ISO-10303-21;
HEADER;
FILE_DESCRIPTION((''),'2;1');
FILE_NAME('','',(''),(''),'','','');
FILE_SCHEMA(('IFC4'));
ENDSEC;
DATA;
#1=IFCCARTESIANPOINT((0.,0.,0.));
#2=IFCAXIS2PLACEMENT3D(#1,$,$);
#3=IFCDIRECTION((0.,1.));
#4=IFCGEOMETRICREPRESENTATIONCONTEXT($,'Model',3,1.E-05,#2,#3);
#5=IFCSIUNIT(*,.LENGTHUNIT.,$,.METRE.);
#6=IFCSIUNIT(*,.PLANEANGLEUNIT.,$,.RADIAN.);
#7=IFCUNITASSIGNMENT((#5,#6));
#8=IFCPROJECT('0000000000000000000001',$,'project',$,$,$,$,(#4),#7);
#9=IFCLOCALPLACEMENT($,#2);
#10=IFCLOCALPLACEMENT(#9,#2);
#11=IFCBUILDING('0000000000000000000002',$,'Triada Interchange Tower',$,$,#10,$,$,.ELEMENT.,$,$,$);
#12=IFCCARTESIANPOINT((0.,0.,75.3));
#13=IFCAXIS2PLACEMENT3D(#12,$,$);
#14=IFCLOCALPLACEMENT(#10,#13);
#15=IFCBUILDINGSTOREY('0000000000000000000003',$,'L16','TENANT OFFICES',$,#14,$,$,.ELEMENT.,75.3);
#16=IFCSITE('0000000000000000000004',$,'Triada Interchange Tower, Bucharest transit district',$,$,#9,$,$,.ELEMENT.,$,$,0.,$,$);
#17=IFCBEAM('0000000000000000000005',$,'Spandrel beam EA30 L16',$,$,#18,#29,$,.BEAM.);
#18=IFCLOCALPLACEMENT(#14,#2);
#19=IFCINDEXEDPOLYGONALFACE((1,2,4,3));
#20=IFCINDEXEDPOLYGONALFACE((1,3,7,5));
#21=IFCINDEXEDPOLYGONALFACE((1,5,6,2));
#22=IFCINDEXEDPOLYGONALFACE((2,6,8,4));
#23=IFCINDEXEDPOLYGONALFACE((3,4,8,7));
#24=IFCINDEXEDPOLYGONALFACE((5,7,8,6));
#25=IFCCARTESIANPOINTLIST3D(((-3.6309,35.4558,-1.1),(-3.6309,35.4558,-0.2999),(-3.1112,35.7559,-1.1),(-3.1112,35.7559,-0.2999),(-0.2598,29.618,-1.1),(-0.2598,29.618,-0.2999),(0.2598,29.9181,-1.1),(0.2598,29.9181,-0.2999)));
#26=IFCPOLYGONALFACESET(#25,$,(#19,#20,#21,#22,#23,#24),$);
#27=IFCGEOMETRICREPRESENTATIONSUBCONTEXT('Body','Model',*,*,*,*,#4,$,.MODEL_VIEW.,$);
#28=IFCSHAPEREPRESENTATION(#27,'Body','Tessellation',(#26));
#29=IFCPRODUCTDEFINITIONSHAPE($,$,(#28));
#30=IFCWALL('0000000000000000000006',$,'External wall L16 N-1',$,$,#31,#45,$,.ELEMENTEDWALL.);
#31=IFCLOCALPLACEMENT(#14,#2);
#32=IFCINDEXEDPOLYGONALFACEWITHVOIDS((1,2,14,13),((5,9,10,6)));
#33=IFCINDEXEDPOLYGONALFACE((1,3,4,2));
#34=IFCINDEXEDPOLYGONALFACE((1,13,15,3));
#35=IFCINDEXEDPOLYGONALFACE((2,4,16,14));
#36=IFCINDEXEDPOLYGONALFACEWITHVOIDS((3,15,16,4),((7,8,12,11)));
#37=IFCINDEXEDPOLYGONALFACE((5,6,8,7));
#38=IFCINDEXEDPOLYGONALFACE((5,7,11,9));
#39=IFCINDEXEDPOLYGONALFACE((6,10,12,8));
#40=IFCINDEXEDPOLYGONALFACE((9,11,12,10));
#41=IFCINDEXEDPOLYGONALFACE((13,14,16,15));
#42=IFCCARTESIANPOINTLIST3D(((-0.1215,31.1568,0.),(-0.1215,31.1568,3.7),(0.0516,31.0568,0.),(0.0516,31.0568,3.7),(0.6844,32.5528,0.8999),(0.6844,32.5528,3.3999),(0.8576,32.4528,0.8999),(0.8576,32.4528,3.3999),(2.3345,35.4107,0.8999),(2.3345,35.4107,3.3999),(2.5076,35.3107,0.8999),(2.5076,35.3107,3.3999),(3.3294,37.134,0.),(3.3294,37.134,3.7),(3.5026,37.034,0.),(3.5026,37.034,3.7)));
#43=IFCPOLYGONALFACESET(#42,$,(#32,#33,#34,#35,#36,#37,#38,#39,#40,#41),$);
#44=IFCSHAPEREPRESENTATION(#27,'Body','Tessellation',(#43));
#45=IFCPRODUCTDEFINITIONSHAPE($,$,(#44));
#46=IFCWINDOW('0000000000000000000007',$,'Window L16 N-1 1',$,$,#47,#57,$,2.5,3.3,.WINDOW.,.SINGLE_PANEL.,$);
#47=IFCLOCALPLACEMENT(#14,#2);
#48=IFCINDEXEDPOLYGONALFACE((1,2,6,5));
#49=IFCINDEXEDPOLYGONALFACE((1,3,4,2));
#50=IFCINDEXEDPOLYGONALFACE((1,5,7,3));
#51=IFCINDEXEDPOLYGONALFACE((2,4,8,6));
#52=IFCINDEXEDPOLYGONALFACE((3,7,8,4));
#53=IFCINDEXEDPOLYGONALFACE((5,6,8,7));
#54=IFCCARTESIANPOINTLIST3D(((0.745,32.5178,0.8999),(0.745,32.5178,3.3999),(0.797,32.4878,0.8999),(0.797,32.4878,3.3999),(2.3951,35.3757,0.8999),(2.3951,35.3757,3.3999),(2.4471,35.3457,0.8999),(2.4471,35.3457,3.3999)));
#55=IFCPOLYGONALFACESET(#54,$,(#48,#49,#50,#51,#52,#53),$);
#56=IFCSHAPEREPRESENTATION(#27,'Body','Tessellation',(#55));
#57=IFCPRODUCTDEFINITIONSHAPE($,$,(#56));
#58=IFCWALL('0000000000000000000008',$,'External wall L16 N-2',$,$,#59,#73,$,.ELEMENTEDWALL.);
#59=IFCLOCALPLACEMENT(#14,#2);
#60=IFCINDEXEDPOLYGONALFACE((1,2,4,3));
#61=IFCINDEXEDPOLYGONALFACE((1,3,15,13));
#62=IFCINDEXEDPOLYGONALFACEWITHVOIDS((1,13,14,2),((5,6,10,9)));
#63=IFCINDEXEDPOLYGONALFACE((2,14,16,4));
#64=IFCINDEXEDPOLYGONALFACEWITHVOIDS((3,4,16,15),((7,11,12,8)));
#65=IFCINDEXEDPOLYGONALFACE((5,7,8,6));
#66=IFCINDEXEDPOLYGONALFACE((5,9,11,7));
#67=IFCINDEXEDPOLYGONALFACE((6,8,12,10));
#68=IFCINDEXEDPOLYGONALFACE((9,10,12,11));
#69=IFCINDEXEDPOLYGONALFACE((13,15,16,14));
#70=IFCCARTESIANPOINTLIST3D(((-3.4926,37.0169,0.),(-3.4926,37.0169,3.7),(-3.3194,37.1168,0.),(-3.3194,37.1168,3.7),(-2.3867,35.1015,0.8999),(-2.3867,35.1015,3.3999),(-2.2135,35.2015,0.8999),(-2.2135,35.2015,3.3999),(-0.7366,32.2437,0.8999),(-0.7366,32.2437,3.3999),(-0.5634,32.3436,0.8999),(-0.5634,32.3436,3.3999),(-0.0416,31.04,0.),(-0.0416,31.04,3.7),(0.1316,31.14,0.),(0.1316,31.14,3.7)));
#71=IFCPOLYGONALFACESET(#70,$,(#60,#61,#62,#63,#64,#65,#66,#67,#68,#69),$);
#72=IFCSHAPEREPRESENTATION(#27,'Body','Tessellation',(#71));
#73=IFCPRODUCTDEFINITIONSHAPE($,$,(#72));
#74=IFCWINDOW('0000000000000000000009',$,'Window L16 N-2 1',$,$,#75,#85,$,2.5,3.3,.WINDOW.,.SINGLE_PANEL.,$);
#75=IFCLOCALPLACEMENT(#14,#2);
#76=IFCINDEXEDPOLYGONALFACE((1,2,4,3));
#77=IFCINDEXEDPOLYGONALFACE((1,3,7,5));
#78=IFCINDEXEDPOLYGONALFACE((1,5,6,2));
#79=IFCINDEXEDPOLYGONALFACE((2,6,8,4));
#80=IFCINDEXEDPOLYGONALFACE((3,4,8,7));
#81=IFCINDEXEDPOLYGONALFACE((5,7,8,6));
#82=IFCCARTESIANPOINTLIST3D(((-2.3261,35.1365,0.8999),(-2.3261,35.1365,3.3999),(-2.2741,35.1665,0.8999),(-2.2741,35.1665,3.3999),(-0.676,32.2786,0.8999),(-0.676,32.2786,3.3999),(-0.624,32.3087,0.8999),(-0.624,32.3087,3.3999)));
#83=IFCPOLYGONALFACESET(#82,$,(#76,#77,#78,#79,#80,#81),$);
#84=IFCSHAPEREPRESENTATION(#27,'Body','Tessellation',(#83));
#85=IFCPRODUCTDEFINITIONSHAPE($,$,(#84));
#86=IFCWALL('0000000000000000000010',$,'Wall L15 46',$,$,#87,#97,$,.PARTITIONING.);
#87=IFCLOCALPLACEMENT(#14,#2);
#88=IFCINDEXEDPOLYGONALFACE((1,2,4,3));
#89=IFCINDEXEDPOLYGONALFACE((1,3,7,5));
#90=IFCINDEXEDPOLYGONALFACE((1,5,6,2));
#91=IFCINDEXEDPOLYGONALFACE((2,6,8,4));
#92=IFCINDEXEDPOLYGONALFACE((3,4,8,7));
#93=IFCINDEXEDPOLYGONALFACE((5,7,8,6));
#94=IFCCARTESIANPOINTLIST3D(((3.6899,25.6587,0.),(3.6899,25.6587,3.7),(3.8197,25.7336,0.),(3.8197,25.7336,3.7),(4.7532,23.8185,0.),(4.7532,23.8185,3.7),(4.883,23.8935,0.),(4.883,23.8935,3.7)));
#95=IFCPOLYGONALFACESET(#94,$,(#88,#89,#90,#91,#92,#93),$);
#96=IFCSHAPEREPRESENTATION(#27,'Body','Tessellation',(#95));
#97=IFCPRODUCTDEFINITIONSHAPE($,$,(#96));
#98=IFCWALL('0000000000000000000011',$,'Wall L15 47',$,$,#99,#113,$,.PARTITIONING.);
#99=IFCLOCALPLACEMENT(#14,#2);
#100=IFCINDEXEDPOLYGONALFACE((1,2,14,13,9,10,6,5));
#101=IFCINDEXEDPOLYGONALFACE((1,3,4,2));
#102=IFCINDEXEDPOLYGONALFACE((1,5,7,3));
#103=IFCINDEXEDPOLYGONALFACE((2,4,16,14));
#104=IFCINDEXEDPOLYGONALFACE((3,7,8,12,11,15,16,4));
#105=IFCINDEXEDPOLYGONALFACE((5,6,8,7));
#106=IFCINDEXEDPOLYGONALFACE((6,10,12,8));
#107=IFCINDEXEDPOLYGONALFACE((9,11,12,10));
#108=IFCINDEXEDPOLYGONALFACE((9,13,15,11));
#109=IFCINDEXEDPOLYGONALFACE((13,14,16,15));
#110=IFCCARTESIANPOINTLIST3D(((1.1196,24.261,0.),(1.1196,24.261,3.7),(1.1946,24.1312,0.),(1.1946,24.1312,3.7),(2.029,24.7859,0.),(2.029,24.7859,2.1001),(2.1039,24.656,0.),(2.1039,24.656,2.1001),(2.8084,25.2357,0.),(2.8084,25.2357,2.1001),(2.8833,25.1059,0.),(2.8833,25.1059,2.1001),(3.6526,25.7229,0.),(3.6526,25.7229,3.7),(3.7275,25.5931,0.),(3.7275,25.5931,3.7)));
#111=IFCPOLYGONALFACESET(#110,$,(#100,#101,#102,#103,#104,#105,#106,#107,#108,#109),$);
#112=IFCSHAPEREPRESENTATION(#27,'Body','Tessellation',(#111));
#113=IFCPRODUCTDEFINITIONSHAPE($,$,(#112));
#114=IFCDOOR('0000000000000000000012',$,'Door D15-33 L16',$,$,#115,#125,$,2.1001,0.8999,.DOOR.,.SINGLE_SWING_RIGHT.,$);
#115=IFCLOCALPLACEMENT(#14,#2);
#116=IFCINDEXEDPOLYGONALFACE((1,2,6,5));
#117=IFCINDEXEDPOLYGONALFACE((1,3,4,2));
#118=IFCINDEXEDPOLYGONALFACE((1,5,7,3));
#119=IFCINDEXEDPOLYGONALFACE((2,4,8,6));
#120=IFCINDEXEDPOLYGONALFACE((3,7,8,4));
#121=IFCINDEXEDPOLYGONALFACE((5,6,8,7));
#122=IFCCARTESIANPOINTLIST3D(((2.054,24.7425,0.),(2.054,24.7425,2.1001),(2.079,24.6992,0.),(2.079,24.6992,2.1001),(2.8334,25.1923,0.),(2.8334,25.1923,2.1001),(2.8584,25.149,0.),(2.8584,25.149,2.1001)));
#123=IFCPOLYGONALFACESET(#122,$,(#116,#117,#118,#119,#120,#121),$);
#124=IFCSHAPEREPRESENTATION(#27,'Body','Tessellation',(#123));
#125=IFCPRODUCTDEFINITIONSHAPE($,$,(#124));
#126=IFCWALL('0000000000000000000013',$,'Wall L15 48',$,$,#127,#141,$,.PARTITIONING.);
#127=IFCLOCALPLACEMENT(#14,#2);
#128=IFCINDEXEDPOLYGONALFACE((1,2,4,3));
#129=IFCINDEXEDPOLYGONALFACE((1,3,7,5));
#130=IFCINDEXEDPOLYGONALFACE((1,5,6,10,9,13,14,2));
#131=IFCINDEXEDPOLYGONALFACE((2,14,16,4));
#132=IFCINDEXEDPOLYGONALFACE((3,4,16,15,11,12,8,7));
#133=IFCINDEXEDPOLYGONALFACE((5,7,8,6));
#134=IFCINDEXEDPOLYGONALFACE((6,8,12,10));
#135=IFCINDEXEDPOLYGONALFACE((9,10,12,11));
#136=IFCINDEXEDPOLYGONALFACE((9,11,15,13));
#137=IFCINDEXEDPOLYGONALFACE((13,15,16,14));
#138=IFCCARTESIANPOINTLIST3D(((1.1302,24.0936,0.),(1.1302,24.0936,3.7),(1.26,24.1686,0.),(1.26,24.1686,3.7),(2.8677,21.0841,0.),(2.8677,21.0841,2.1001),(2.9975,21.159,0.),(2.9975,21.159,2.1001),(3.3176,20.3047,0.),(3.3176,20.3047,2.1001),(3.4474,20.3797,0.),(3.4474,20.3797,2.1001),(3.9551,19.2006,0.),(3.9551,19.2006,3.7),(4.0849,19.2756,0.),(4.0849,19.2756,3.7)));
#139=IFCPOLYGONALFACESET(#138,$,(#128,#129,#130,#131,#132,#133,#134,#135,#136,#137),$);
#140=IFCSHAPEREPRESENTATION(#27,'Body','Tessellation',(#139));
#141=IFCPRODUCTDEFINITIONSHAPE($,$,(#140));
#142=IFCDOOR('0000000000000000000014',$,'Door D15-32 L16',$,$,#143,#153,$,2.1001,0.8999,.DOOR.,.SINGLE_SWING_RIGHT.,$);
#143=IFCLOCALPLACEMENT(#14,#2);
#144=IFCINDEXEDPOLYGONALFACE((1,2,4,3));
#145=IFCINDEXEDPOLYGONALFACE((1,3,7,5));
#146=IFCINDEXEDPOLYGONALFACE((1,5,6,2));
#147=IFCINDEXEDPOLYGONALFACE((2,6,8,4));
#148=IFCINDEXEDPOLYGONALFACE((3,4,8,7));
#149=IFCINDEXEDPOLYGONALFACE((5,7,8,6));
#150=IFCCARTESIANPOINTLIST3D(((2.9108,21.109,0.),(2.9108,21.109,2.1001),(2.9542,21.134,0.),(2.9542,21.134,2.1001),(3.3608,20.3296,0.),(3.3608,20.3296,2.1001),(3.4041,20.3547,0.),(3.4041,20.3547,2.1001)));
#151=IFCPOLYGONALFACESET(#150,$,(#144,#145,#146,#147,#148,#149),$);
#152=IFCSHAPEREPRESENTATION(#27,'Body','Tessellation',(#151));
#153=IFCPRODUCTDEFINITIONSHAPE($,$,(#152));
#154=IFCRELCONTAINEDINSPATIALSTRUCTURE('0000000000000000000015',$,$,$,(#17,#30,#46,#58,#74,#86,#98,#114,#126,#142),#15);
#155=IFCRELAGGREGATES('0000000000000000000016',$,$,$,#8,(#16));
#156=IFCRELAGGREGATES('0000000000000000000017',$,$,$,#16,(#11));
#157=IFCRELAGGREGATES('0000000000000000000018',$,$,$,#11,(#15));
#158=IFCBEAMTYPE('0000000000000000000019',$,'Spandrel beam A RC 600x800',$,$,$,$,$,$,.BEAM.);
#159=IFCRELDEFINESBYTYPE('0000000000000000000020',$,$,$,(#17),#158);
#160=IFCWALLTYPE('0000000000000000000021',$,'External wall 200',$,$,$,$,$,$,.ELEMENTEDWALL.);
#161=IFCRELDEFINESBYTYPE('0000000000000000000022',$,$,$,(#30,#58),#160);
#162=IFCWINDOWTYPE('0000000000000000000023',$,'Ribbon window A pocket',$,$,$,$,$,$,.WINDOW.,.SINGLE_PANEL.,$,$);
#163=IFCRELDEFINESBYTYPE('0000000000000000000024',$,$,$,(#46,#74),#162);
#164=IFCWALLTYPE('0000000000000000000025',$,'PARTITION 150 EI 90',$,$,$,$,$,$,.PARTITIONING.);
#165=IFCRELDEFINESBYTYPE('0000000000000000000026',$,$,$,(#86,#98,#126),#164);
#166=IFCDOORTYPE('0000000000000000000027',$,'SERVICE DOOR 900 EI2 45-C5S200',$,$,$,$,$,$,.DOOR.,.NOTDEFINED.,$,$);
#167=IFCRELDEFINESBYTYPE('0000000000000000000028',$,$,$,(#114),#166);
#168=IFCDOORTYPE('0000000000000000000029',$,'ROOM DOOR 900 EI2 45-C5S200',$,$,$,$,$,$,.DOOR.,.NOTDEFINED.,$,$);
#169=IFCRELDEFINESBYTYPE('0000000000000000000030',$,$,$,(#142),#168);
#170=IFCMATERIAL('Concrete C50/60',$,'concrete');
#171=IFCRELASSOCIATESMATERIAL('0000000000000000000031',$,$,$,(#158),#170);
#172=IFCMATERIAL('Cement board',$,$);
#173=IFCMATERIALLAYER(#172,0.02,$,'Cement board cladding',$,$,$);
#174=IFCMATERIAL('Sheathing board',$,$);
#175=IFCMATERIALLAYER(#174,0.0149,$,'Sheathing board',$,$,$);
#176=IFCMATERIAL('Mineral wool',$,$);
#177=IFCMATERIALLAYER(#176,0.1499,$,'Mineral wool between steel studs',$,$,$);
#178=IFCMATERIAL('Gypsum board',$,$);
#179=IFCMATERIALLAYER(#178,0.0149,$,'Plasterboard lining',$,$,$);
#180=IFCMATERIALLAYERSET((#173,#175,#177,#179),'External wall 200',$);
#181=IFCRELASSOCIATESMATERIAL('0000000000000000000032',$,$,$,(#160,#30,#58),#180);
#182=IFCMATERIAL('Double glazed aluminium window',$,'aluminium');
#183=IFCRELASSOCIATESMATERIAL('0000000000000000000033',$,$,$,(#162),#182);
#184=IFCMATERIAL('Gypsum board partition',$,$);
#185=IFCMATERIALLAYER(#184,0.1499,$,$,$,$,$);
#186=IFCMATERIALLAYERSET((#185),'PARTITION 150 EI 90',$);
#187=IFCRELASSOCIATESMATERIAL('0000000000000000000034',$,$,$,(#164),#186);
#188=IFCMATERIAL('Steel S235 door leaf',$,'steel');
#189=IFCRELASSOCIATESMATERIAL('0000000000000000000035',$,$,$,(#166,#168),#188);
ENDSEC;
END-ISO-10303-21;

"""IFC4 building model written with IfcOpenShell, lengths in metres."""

from ifc_helpers import new_model, si_unit, direction, frame, frame_2d, origin, origin_2d, place, context, subcontext, project, spatial, rectangle, extrude, material, layer, layer_set, layer_usage, material_profile, profile_set, type_object, element, fill, save


model = new_model("IFC4")

# Units and contexts
model_context = context("Model", 3, precision=1e-05, world=origin(), true_north=direction((0.0, 1.0)))
body_context = subcontext(model_context, "Body", "Model", "MODEL_VIEW")
ifc_project = project(units=[si_unit("LENGTHUNIT", "METRE"), si_unit("PLANEANGLEUNIT", "RADIAN")], contexts=[model_context])

# Site, building, storey
site_placement = place(None, origin())
site = spatial("IfcSite", under=ifc_project, at=site_placement, Name="Triada Interchange Tower, Bucharest transit district", CompositionType="ELEMENT", RefElevation=0.0)
building_placement = place(site_placement, origin())
building = spatial("IfcBuilding", under=site, at=building_placement, Name="Triada Interchange Tower", CompositionType="ELEMENT")
storey_placement = place(building_placement, frame((0.0, 0.0, 75.3)))
storey = spatial("IfcBuildingStorey", under=building, at=storey_placement, Name="L16", Description="TENANT OFFICES", CompositionType="ELEMENT", Elevation=75.3)

# Beam
ifc_material_1 = material(Name="Concrete C50/60", Category="concrete")
ifc_material_profile_1 = material_profile(ifc_material_1, rectangle(XDim=0.6001, YDim=0.8, at=origin_2d()), Name="RC 600x800")
ifc_profile_set_1 = profile_set([ifc_material_profile_1], Name="Concrete C50/60")
beam_type_1 = type_object("IfcBeamType", Name="Spandrel beam A RC 600x800", PredefinedType="BEAM", material=ifc_profile_set_1)
for number, where, z_axis, x_axis, name in (
    (1, (0.0, 29.7681, -0.7), (-0.500065, 0.865988, 0.0), (-0.865988, -0.500065, 0.0), "Spandrel beam EA30 L16"),
):
    element("IfcBeam", number, at=place(storey_placement, frame(where, z_axis=z_axis, x_axis=x_axis)), inside=storey, type_object=beam_type_1, Name=name, PredefinedType="BEAM", context=body_context, shape_type="SweptSolid", body=[
        extrude(rectangle(XDim=0.6001, YDim=0.8, at=origin_2d()), origin(), (0.0, 0.0, 1.0), 6.7412),
    ])

# Walls, openings, windows
ifc_material_2 = material(Name="Cement board")
ifc_layer_1 = layer(ifc_material_2, 0.02, Name="Cement board cladding")
ifc_material_3 = material(Name="Sheathing board")
ifc_layer_2 = layer(ifc_material_3, 0.0149, Name="Sheathing board")
ifc_material_4 = material(Name="Mineral wool")
ifc_layer_3 = layer(ifc_material_4, 0.1499, Name="Mineral wool between steel studs")
ifc_material_5 = material(Name="Gypsum board")
ifc_layer_4 = layer(ifc_material_5, 0.0149, Name="Plasterboard lining")
ifc_layer_set_1 = layer_set([ifc_layer_1, ifc_layer_2, ifc_layer_3, ifc_layer_4], Name="External wall 200")
ifc_layer_usage = layer_usage(ifc_layer_set_1, "AXIS2", "POSITIVE", -0.1001)
wall_type_1 = type_object("IfcWallType", Name="External wall 200", PredefinedType="ELEMENTEDWALL", material=ifc_layer_set_1)
wall_1_placement = place(storey_placement, frame((3.416, 37.084, 0.0), z_axis=(0.0, 0.0, 1.0), x_axis=(-0.500008, -0.866021, 0.0)))
wall_1 = element("IfcWall", 2, at=wall_1_placement, inside=storey, type_object=wall_type_1, material=ifc_layer_usage, Name="External wall L16 N-1", PredefinedType="ELEMENTEDWALL", context=body_context, shape_type="SweptSolid", body=[
    extrude(rectangle(XDim=6.9019, YDim=0.2, at=frame_2d((3.4509, 0.0))), origin(), (0.0, 0.0, 1.0), 3.7),
])
opening_1_placement = place(wall_1_placement, frame((1.99, 0.0, 0.8999)))
opening_1 = element("IfcOpeningElement", 3, at=opening_1_placement, cuts=wall_1, PredefinedType="OPENING", context=body_context, shape_type="SweptSolid", body=[
    extrude(rectangle(XDim=3.3, YDim=2.5, at=frame_2d((1.6499, 1.25))), frame((0.0, 0.1099, 0.0), z_axis=(0.0, -1.0, 0.0), x_axis=(1.0, 0.0, 0.0)), (0.0, 0.0, 1.0), 0.22),
])
ifc_material_6 = material(Name="Double glazed aluminium window", Category="aluminium")
window_type = type_object("IfcWindowType", Name="Ribbon window A pocket", PartitioningType="SINGLE_PANEL", PredefinedType="WINDOW", material=ifc_material_6)
window_1_placement = place(opening_1_placement, origin())
window_1 = element("IfcWindow", 4, at=window_1_placement, inside=storey, type_object=window_type, Name="Window L16 N-1 1", OverallHeight=2.5, OverallWidth=3.3, PartitioningType="SINGLE_PANEL", PredefinedType="WINDOW", context=body_context, shape_type="SweptSolid", body=[
    extrude(rectangle(XDim=3.3, YDim=2.5, at=frame_2d((1.6499, 1.25))), frame((0.0, 0.03, 0.0), z_axis=(0.0, -1.0, 0.0), x_axis=(1.0, 0.0, 0.0)), (0.0, 0.0, 1.0), 0.0601),
])
fill(opening_1, window_1)
wall_2_placement = place(storey_placement, frame((0.0449, 31.0901, 0.0), z_axis=(0.0, 0.0, 1.0), x_axis=(-0.500024, 0.866012, 0.0)))
wall_2 = element("IfcWall", 5, at=wall_2_placement, inside=storey, type_object=wall_type_1, material=ifc_layer_usage, Name="External wall L16 N-2", PredefinedType="ELEMENTEDWALL", context=body_context, shape_type="SweptSolid", body=[
    extrude(rectangle(XDim=6.9016, YDim=0.2, at=frame_2d((3.4507, 0.0))), origin(), (0.0, 0.0, 1.0), 3.7),
])
opening_2_placement = place(wall_2_placement, frame((1.3899, 0.0, 0.8999)))
opening_2 = element("IfcOpeningElement", 6, at=opening_2_placement, cuts=wall_2, PredefinedType="OPENING", context=body_context, shape_type="SweptSolid", body=[
    extrude(rectangle(XDim=3.3, YDim=2.5, at=frame_2d((1.6499, 1.25))), frame((0.0, 0.1099, 0.0), z_axis=(0.0, -1.0, 0.0), x_axis=(1.0, 0.0, 0.0)), (0.0, 0.0, 1.0), 0.22),
])
window_2_placement = place(opening_2_placement, origin())
window_2 = element("IfcWindow", 7, at=window_2_placement, inside=storey, type_object=window_type, Name="Window L16 N-2 1", OverallHeight=2.5, OverallWidth=3.3, PartitioningType="SINGLE_PANEL", PredefinedType="WINDOW", context=body_context, shape_type="SweptSolid", body=[
    extrude(rectangle(XDim=3.3, YDim=2.5, at=frame_2d((1.6499, 1.25))), frame((0.0, 0.03, 0.0), z_axis=(0.0, -1.0, 0.0), x_axis=(1.0, 0.0, 0.0)), (0.0, 0.0, 1.0), 0.0601),
])
fill(opening_2, window_2)

# Wall
ifc_material_7 = material(Name="Gypsum board partition")
ifc_layer_5 = layer(ifc_material_7, 0.1499)
ifc_layer_set_2 = layer_set([ifc_layer_5], Name="PARTITION 150 EI 90")
wall_type_2 = type_object("IfcWallType", Name="PARTITION 150 EI 90", PredefinedType="PARTITIONING", material=ifc_layer_set_2)
wall_3_placement = place(storey_placement, frame((3.7549, 25.696, 0.0), z_axis=(0.0, 0.0, 1.0), x_axis=(0.500302, -0.865851, 0.0)))
element("IfcWall", 8, at=wall_3_placement, inside=storey, type_object=wall_type_2, Name="Wall L15 46", PredefinedType="PARTITIONING", context=body_context, shape_type="SweptSolid", body=[
    extrude(rectangle(XDim=2.1252, YDim=0.1499, at=frame_2d((1.0625, 0.0))), origin(), (0.0, 0.0, 1.0), 3.7),
])

# Walls, openings, doors
wall_4_placement = place(storey_placement, frame((1.157, 24.196, 0.0), z_axis=(0.0, 0.0, 1.0), x_axis=(0.866098, 0.499874, 0.0)))
wall_4 = element("IfcWall", 9, at=wall_4_placement, inside=storey, type_object=wall_type_2, Name="Wall L15 47", PredefinedType="PARTITIONING", context=body_context, shape_type="SweptSolid", body=[
    extrude(rectangle(XDim=2.9246, YDim=0.1499, at=frame_2d((1.4624, 0.0))), origin(), (0.0, 0.0, 1.0), 3.7),
])
opening_3_placement = place(wall_4_placement, frame((1.05, 0.0, 0.0)))
opening_3 = element("IfcOpeningElement", 10, at=opening_3_placement, cuts=wall_4, PredefinedType="OPENING", context=body_context, shape_type="SweptSolid", body=[
    extrude(rectangle(XDim=0.8999, YDim=2.1001, at=frame_2d((0.45, 1.05))), frame((0.0, 0.085, 0.0), z_axis=(0.0, -1.0, 0.0), x_axis=(1.0, 0.0, 0.0)), (0.0, 0.0, 1.0), 0.1699),
])
ifc_material_8 = material(Name="Steel S235 door leaf", Category="steel")
door_type_1 = type_object("IfcDoorType", Name="SERVICE DOOR 900 EI2 45-C5S200", OperationType="NOTDEFINED", PredefinedType="DOOR", material=ifc_material_8)
door_1_placement = place(opening_3_placement, origin())
door_1 = element("IfcDoor", 11, at=door_1_placement, inside=storey, type_object=door_type_1, Name="Door D15-33 L16", OperationType="SINGLE_SWING_RIGHT", OverallHeight=2.1001, OverallWidth=0.8999, PredefinedType="DOOR", context=body_context, shape_type="SweptSolid", body=[
    extrude(rectangle(XDim=0.8999, YDim=2.1001, at=frame_2d((0.45, 1.05))), frame((0.0, 0.0249, 0.0), z_axis=(0.0, -1.0, 0.0), x_axis=(1.0, 0.0, 0.0)), (0.0, 0.0, 1.0), 0.05),
])
fill(opening_3, door_1)
wall_5_placement = place(storey_placement, frame((1.1951, 24.1311, 0.0), z_axis=(0.0, 0.0, 1.0), x_axis=(0.499992, -0.86603, 0.0)))
wall_5 = element("IfcWall", 12, at=wall_5_placement, inside=storey, type_object=wall_type_2, Name="Wall L15 48", PredefinedType="PARTITIONING", context=body_context, shape_type="SweptSolid", body=[
    extrude(rectangle(XDim=5.6499, YDim=0.1499, at=frame_2d((2.825, 0.0))), origin(), (0.0, 0.0, 1.0), 3.7),
])
opening_4_placement = place(wall_5_placement, frame((3.4751, 0.0, 0.0)))
opening_4 = element("IfcOpeningElement", 13, at=opening_4_placement, cuts=wall_5, PredefinedType="OPENING", context=body_context, shape_type="SweptSolid", body=[
    extrude(rectangle(XDim=0.8999, YDim=2.1001, at=frame_2d((0.45, 1.05))), frame((0.0, 0.085, 0.0), z_axis=(0.0, -1.0, 0.0), x_axis=(1.0, 0.0, 0.0)), (0.0, 0.0, 1.0), 0.1699),
])
door_type_2 = type_object("IfcDoorType", Name="ROOM DOOR 900 EI2 45-C5S200", OperationType="NOTDEFINED", PredefinedType="DOOR", material=ifc_material_8)
door_2_placement = place(opening_4_placement, origin())
door_2 = element("IfcDoor", 14, at=door_2_placement, inside=storey, type_object=door_type_2, Name="Door D15-32 L16", OperationType="SINGLE_SWING_RIGHT", OverallHeight=2.1001, OverallWidth=0.8999, PredefinedType="DOOR", context=body_context, shape_type="SweptSolid", body=[
    extrude(rectangle(XDim=0.8999, YDim=2.1001, at=frame_2d((0.45, 1.05))), frame((0.0, 0.0249, 0.0), z_axis=(0.0, -1.0, 0.0), x_axis=(1.0, 0.0, 0.0)), (0.0, 0.0, 1.0), 0.05),
])
fill(opening_4, door_2)

save(model, "model.ifc")
